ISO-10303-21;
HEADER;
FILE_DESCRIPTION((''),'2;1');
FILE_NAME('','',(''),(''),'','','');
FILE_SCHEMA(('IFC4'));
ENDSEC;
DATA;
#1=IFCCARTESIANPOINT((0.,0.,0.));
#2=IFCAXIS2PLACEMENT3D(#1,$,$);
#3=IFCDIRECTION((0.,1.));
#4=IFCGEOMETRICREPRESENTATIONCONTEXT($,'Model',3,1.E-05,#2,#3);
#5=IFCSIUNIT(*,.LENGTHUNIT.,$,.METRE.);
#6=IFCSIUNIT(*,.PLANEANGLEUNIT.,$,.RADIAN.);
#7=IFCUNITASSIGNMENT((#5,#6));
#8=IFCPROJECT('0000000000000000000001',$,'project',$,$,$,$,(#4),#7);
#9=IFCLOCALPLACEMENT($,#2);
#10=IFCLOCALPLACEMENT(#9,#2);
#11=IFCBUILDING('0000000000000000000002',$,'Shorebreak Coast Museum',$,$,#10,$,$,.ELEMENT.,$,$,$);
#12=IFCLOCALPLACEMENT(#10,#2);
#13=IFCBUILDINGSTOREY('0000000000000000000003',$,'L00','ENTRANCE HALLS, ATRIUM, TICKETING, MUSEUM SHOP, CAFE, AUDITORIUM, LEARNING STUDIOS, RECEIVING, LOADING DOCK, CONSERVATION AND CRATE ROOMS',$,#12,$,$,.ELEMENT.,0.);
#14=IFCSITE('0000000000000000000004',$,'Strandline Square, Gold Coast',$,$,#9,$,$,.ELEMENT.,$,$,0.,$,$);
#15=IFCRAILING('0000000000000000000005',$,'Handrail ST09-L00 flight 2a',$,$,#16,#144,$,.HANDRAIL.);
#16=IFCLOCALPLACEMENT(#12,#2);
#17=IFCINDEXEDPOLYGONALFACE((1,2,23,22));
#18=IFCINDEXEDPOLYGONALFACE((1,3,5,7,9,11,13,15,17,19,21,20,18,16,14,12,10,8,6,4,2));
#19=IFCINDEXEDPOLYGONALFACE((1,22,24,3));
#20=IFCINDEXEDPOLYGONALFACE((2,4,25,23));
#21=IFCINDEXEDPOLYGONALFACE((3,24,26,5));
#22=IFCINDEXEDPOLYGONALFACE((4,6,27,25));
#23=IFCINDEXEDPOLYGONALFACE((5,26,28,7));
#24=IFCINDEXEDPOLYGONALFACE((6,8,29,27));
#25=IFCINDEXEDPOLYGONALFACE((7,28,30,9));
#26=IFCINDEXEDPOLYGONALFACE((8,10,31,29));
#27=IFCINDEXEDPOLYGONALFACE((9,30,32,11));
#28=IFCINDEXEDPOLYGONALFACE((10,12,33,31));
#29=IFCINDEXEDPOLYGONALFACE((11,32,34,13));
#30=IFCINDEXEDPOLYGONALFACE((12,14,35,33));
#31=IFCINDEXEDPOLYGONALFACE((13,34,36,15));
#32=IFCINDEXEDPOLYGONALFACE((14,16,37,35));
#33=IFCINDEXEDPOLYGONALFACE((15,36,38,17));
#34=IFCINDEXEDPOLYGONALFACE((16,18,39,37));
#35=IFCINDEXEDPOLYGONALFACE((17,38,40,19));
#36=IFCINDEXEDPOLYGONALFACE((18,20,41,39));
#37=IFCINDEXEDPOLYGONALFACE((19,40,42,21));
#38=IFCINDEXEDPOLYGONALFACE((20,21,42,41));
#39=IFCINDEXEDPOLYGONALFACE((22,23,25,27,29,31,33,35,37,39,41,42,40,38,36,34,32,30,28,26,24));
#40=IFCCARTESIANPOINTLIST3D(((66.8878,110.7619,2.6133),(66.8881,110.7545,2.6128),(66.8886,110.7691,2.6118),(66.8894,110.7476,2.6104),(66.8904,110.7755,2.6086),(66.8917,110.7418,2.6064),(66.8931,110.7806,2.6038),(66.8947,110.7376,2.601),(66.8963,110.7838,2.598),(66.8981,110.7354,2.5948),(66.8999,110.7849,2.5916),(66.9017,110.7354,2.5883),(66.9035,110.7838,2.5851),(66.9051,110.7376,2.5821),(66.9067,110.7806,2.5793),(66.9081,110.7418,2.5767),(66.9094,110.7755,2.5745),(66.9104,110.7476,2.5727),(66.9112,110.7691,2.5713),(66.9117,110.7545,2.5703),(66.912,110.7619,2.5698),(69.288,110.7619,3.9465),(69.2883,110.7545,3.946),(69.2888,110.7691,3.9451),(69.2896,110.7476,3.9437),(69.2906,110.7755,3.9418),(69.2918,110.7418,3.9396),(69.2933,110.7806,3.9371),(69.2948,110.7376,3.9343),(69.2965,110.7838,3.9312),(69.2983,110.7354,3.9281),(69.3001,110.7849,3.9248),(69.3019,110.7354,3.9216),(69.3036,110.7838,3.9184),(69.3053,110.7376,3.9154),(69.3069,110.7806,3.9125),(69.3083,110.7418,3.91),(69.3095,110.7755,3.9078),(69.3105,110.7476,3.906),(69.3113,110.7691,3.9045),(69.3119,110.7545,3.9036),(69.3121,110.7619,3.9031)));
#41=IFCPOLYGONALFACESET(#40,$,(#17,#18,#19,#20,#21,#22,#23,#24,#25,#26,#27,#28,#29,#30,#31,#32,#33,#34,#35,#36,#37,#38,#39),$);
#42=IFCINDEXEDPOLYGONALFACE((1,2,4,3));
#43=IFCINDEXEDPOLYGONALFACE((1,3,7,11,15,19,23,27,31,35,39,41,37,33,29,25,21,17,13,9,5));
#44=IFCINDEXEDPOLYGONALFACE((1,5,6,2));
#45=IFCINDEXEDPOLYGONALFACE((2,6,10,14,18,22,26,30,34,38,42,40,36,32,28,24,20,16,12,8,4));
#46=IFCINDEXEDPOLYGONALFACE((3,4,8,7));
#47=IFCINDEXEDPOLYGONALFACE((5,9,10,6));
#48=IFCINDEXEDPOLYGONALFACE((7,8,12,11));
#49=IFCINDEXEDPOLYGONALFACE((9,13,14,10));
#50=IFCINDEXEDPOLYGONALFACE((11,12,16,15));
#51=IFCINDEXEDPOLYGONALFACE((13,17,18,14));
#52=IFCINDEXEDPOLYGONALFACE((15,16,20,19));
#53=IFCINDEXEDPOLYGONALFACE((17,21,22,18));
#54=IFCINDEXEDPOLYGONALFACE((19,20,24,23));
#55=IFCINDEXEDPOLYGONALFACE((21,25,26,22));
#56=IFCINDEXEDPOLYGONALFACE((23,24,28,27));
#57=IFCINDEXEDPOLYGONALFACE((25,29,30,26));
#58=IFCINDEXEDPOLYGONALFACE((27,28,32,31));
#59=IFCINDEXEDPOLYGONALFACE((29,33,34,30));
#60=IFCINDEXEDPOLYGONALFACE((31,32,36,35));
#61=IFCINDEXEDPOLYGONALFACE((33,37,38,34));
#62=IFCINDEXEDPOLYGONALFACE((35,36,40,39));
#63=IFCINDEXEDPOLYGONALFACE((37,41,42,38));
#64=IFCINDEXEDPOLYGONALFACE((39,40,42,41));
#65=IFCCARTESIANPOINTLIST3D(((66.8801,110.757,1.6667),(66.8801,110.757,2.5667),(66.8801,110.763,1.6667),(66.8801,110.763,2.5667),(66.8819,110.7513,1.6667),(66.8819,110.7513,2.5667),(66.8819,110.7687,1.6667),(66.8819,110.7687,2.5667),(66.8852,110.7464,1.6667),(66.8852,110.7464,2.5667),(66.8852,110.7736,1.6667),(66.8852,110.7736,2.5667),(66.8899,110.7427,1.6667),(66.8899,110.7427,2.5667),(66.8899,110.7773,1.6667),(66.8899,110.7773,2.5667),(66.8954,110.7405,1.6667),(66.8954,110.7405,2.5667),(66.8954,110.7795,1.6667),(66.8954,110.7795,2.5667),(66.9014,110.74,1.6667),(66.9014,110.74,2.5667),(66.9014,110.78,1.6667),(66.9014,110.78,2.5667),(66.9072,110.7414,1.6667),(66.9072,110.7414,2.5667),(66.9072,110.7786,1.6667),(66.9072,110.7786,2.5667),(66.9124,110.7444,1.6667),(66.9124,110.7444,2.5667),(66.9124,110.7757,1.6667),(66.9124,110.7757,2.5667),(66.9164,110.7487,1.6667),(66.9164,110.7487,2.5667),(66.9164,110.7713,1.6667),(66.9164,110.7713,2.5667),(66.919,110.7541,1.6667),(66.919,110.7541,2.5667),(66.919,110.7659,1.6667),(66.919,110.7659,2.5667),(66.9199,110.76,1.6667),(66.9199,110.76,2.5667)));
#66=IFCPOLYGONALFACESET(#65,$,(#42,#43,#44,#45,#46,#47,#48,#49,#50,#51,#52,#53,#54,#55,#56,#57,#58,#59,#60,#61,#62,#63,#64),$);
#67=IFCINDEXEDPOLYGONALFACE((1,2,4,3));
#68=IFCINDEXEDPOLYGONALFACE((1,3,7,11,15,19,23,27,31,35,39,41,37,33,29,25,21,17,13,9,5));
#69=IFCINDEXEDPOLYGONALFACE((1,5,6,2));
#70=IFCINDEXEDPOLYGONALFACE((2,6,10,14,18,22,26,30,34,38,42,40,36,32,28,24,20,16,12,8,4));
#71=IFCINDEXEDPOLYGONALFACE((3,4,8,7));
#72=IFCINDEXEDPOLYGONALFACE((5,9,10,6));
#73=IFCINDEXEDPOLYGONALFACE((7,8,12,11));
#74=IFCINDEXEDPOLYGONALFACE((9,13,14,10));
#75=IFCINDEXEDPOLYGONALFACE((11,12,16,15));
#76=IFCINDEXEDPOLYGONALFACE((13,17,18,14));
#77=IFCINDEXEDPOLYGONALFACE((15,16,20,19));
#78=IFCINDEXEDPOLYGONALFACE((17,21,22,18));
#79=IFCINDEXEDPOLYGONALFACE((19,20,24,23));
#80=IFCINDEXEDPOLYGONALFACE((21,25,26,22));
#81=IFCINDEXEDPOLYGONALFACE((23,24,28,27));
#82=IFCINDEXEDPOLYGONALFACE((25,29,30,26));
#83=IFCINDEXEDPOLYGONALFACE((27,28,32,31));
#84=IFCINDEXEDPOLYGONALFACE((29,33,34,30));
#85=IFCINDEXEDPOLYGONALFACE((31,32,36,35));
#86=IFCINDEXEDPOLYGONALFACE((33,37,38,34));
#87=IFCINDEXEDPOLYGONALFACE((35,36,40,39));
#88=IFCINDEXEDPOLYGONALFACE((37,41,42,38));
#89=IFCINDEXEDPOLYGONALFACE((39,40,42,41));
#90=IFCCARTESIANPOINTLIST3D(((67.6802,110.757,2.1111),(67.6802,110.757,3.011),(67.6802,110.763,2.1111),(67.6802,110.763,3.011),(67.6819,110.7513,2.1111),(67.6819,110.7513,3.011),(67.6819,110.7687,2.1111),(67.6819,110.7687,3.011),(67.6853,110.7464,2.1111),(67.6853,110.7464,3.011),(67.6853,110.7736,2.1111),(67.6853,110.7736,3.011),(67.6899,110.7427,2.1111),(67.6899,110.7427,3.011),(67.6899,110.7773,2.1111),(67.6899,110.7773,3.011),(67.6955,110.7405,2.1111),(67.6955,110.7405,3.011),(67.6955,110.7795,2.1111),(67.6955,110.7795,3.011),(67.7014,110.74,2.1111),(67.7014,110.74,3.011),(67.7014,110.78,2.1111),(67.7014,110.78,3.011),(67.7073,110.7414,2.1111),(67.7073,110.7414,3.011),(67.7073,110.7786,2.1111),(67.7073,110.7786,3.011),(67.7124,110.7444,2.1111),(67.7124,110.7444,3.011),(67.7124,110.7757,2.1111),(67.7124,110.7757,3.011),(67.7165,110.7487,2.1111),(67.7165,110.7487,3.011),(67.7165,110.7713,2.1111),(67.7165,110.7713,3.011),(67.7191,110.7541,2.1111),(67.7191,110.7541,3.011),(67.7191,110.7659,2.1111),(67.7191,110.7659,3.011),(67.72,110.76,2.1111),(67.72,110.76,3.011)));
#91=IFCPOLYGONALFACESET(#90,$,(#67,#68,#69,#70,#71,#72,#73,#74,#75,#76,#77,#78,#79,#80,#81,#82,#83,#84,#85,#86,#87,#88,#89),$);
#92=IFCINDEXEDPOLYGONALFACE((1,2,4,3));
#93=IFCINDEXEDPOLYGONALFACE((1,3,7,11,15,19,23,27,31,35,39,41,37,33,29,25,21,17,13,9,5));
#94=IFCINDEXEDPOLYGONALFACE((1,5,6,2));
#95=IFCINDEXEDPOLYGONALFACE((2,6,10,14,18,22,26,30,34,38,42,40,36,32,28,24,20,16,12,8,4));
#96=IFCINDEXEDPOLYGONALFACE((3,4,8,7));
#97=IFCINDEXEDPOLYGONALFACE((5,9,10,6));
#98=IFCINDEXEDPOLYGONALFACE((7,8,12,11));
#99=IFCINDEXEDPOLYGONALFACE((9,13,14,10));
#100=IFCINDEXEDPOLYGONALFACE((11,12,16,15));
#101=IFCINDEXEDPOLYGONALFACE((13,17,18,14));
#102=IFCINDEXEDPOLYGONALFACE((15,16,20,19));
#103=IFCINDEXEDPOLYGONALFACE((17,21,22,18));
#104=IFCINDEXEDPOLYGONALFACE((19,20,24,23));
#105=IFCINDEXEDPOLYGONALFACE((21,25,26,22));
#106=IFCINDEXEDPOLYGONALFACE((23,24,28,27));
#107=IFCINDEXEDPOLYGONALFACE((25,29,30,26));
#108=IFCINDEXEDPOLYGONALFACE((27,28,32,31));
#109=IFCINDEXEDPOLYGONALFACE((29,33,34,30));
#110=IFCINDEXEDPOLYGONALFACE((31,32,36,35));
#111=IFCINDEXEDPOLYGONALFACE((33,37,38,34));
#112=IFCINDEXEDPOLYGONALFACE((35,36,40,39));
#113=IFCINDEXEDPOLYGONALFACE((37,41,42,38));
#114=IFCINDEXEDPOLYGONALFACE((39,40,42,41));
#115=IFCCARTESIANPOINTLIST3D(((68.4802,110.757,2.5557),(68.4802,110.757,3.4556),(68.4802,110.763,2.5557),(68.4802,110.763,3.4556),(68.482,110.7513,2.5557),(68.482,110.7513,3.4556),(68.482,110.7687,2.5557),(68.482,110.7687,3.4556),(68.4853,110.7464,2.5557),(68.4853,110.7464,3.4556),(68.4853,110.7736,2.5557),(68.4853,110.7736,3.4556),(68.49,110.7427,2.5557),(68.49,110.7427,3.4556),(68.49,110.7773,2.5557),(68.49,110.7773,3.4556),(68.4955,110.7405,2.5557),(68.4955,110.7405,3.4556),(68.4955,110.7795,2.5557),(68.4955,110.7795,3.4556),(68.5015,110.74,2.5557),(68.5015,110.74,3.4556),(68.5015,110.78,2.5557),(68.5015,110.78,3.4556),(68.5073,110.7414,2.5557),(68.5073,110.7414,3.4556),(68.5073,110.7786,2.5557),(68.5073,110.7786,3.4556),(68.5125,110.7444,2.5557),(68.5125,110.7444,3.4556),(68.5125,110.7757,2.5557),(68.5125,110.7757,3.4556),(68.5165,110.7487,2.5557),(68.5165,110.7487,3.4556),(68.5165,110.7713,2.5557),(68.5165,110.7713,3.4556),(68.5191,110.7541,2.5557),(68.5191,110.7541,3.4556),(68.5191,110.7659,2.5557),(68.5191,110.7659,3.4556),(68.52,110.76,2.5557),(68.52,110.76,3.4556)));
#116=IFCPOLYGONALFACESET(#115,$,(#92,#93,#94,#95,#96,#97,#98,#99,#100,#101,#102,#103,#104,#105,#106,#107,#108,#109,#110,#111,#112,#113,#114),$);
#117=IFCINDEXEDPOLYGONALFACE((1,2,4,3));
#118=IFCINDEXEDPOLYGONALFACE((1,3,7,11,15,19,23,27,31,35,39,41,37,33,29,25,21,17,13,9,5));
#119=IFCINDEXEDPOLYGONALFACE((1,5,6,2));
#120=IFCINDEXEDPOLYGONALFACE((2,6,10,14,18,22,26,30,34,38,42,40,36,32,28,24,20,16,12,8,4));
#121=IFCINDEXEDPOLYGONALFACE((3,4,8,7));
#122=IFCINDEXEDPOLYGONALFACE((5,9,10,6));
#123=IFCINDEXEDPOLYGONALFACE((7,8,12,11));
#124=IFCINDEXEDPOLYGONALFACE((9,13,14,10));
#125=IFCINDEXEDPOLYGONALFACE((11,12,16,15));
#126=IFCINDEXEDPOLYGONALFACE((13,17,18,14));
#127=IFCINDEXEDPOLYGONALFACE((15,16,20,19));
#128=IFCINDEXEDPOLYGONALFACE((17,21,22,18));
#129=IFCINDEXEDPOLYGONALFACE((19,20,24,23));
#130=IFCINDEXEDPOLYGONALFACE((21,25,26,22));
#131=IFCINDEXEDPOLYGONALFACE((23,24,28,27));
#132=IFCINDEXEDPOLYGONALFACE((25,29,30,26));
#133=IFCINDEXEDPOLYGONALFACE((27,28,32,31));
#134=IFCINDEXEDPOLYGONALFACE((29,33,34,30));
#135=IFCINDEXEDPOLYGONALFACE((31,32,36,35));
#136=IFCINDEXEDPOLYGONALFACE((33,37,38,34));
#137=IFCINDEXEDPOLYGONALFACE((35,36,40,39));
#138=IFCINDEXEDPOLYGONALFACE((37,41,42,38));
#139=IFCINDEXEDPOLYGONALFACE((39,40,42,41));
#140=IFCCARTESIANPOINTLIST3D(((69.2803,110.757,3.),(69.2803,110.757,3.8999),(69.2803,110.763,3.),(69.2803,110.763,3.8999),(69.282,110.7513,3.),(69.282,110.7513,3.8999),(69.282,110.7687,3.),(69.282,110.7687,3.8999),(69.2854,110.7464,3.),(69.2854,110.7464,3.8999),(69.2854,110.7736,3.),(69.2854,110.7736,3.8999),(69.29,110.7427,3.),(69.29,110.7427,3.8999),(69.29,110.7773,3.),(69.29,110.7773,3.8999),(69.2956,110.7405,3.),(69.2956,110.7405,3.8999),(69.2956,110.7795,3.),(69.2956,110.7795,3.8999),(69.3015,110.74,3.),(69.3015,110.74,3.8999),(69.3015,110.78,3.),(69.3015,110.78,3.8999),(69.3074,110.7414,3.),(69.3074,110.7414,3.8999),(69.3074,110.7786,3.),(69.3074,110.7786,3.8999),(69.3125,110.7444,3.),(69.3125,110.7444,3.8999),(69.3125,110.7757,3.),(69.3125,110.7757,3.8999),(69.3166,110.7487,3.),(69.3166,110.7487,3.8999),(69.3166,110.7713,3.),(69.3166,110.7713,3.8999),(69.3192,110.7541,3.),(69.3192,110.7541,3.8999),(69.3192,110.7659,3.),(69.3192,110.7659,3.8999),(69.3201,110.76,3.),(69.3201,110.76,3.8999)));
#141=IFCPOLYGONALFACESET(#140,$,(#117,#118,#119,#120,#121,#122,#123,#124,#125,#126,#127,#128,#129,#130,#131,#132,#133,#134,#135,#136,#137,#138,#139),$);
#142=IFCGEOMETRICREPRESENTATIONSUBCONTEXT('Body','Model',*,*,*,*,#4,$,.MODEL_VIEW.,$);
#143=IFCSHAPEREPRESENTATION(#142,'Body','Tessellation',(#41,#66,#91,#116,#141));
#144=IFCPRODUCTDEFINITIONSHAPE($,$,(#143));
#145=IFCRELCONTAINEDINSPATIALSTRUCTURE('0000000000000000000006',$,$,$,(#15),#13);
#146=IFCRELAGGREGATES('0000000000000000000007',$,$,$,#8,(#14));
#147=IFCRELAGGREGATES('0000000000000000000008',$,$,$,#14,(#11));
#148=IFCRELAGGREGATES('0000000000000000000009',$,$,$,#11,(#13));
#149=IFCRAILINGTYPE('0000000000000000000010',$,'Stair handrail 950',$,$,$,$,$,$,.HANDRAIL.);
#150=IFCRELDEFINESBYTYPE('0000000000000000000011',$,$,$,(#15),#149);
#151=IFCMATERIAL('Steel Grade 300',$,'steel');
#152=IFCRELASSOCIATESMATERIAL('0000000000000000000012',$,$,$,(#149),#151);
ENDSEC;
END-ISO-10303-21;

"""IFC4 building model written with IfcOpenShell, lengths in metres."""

from ifc_helpers import new_model, si_unit, direction, frame, origin, origin_2d, place, context, subcontext, project, spatial, circle, extrude, material, type_object, element, save


model = new_model("IFC4")

# Units and contexts
model_context = context("Model", 3, precision=1e-05, world=origin(), true_north=direction((0.0, 1.0)))
body_context = subcontext(model_context, "Body", "Model", "MODEL_VIEW")
ifc_project = project(units=[si_unit("LENGTHUNIT", "METRE"), si_unit("PLANEANGLEUNIT", "RADIAN")], contexts=[model_context])

# Site, building, storey
site_placement = place(None, origin())
site = spatial("IfcSite", under=ifc_project, at=site_placement, Name="Strandline Square, Gold Coast", CompositionType="ELEMENT", RefElevation=0.0)
building_placement = place(site_placement, origin())
building = spatial("IfcBuilding", under=site, at=building_placement, Name="Shorebreak Coast Museum", CompositionType="ELEMENT")
storey_placement = place(building_placement, origin())
storey = spatial("IfcBuildingStorey", under=building, at=storey_placement, Name="L00", Description="ENTRANCE HALLS, ATRIUM, TICKETING, MUSEUM SHOP, CAFE, AUDITORIUM, LEARNING STUDIOS, RECEIVING, LOADING DOCK, CONSERVATION AND CRATE ROOMS", CompositionType="ELEMENT", Elevation=0.0)

# Railing
ifc_material_1 = material(Name="Steel Grade 300", Category="steel")
railing_type_1 = type_object("IfcRailingType", Name="Stair handrail 950", PredefinedType="HANDRAIL", material=ifc_material_1)
for number, where, name in (
    (1, (66.8999, 110.76, 1.6667), "Handrail ST09-L00 flight 2a"),
):
    element("IfcRailing", number, at=place(storey_placement, frame(where)), inside=storey, type_object=railing_type_1, Name=name, PredefinedType="HANDRAIL", context=body_context, shape_type="SweptSolid", body=[
        extrude(circle(Radius=0.0249, at=origin_2d()), frame((0.0, 0.0, 0.9248), z_axis=(0.874182, 0.0, 0.485598), x_axis=(0.0, 1.0, 0.0)), (0.0, 0.0, 1.0), 2.7456),
        extrude(circle(Radius=0.02, at=origin_2d()), origin(), (0.0, 0.0, 1.0), 0.8999),
        extrude(circle(Radius=0.02, at=origin_2d()), frame((0.8, 0.0, 0.4443)), (0.0, 0.0, 1.0), 0.8999),
        extrude(circle(Radius=0.02, at=origin_2d()), frame((1.6001, 0.0, 0.8889)), (0.0, 0.0, 1.0), 0.8999),
        extrude(circle(Radius=0.02, at=origin_2d()), frame((2.4001, 0.0, 1.3333)), (0.0, 0.0, 1.0), 0.8999),
    ])

save(model, "model.ifc")
